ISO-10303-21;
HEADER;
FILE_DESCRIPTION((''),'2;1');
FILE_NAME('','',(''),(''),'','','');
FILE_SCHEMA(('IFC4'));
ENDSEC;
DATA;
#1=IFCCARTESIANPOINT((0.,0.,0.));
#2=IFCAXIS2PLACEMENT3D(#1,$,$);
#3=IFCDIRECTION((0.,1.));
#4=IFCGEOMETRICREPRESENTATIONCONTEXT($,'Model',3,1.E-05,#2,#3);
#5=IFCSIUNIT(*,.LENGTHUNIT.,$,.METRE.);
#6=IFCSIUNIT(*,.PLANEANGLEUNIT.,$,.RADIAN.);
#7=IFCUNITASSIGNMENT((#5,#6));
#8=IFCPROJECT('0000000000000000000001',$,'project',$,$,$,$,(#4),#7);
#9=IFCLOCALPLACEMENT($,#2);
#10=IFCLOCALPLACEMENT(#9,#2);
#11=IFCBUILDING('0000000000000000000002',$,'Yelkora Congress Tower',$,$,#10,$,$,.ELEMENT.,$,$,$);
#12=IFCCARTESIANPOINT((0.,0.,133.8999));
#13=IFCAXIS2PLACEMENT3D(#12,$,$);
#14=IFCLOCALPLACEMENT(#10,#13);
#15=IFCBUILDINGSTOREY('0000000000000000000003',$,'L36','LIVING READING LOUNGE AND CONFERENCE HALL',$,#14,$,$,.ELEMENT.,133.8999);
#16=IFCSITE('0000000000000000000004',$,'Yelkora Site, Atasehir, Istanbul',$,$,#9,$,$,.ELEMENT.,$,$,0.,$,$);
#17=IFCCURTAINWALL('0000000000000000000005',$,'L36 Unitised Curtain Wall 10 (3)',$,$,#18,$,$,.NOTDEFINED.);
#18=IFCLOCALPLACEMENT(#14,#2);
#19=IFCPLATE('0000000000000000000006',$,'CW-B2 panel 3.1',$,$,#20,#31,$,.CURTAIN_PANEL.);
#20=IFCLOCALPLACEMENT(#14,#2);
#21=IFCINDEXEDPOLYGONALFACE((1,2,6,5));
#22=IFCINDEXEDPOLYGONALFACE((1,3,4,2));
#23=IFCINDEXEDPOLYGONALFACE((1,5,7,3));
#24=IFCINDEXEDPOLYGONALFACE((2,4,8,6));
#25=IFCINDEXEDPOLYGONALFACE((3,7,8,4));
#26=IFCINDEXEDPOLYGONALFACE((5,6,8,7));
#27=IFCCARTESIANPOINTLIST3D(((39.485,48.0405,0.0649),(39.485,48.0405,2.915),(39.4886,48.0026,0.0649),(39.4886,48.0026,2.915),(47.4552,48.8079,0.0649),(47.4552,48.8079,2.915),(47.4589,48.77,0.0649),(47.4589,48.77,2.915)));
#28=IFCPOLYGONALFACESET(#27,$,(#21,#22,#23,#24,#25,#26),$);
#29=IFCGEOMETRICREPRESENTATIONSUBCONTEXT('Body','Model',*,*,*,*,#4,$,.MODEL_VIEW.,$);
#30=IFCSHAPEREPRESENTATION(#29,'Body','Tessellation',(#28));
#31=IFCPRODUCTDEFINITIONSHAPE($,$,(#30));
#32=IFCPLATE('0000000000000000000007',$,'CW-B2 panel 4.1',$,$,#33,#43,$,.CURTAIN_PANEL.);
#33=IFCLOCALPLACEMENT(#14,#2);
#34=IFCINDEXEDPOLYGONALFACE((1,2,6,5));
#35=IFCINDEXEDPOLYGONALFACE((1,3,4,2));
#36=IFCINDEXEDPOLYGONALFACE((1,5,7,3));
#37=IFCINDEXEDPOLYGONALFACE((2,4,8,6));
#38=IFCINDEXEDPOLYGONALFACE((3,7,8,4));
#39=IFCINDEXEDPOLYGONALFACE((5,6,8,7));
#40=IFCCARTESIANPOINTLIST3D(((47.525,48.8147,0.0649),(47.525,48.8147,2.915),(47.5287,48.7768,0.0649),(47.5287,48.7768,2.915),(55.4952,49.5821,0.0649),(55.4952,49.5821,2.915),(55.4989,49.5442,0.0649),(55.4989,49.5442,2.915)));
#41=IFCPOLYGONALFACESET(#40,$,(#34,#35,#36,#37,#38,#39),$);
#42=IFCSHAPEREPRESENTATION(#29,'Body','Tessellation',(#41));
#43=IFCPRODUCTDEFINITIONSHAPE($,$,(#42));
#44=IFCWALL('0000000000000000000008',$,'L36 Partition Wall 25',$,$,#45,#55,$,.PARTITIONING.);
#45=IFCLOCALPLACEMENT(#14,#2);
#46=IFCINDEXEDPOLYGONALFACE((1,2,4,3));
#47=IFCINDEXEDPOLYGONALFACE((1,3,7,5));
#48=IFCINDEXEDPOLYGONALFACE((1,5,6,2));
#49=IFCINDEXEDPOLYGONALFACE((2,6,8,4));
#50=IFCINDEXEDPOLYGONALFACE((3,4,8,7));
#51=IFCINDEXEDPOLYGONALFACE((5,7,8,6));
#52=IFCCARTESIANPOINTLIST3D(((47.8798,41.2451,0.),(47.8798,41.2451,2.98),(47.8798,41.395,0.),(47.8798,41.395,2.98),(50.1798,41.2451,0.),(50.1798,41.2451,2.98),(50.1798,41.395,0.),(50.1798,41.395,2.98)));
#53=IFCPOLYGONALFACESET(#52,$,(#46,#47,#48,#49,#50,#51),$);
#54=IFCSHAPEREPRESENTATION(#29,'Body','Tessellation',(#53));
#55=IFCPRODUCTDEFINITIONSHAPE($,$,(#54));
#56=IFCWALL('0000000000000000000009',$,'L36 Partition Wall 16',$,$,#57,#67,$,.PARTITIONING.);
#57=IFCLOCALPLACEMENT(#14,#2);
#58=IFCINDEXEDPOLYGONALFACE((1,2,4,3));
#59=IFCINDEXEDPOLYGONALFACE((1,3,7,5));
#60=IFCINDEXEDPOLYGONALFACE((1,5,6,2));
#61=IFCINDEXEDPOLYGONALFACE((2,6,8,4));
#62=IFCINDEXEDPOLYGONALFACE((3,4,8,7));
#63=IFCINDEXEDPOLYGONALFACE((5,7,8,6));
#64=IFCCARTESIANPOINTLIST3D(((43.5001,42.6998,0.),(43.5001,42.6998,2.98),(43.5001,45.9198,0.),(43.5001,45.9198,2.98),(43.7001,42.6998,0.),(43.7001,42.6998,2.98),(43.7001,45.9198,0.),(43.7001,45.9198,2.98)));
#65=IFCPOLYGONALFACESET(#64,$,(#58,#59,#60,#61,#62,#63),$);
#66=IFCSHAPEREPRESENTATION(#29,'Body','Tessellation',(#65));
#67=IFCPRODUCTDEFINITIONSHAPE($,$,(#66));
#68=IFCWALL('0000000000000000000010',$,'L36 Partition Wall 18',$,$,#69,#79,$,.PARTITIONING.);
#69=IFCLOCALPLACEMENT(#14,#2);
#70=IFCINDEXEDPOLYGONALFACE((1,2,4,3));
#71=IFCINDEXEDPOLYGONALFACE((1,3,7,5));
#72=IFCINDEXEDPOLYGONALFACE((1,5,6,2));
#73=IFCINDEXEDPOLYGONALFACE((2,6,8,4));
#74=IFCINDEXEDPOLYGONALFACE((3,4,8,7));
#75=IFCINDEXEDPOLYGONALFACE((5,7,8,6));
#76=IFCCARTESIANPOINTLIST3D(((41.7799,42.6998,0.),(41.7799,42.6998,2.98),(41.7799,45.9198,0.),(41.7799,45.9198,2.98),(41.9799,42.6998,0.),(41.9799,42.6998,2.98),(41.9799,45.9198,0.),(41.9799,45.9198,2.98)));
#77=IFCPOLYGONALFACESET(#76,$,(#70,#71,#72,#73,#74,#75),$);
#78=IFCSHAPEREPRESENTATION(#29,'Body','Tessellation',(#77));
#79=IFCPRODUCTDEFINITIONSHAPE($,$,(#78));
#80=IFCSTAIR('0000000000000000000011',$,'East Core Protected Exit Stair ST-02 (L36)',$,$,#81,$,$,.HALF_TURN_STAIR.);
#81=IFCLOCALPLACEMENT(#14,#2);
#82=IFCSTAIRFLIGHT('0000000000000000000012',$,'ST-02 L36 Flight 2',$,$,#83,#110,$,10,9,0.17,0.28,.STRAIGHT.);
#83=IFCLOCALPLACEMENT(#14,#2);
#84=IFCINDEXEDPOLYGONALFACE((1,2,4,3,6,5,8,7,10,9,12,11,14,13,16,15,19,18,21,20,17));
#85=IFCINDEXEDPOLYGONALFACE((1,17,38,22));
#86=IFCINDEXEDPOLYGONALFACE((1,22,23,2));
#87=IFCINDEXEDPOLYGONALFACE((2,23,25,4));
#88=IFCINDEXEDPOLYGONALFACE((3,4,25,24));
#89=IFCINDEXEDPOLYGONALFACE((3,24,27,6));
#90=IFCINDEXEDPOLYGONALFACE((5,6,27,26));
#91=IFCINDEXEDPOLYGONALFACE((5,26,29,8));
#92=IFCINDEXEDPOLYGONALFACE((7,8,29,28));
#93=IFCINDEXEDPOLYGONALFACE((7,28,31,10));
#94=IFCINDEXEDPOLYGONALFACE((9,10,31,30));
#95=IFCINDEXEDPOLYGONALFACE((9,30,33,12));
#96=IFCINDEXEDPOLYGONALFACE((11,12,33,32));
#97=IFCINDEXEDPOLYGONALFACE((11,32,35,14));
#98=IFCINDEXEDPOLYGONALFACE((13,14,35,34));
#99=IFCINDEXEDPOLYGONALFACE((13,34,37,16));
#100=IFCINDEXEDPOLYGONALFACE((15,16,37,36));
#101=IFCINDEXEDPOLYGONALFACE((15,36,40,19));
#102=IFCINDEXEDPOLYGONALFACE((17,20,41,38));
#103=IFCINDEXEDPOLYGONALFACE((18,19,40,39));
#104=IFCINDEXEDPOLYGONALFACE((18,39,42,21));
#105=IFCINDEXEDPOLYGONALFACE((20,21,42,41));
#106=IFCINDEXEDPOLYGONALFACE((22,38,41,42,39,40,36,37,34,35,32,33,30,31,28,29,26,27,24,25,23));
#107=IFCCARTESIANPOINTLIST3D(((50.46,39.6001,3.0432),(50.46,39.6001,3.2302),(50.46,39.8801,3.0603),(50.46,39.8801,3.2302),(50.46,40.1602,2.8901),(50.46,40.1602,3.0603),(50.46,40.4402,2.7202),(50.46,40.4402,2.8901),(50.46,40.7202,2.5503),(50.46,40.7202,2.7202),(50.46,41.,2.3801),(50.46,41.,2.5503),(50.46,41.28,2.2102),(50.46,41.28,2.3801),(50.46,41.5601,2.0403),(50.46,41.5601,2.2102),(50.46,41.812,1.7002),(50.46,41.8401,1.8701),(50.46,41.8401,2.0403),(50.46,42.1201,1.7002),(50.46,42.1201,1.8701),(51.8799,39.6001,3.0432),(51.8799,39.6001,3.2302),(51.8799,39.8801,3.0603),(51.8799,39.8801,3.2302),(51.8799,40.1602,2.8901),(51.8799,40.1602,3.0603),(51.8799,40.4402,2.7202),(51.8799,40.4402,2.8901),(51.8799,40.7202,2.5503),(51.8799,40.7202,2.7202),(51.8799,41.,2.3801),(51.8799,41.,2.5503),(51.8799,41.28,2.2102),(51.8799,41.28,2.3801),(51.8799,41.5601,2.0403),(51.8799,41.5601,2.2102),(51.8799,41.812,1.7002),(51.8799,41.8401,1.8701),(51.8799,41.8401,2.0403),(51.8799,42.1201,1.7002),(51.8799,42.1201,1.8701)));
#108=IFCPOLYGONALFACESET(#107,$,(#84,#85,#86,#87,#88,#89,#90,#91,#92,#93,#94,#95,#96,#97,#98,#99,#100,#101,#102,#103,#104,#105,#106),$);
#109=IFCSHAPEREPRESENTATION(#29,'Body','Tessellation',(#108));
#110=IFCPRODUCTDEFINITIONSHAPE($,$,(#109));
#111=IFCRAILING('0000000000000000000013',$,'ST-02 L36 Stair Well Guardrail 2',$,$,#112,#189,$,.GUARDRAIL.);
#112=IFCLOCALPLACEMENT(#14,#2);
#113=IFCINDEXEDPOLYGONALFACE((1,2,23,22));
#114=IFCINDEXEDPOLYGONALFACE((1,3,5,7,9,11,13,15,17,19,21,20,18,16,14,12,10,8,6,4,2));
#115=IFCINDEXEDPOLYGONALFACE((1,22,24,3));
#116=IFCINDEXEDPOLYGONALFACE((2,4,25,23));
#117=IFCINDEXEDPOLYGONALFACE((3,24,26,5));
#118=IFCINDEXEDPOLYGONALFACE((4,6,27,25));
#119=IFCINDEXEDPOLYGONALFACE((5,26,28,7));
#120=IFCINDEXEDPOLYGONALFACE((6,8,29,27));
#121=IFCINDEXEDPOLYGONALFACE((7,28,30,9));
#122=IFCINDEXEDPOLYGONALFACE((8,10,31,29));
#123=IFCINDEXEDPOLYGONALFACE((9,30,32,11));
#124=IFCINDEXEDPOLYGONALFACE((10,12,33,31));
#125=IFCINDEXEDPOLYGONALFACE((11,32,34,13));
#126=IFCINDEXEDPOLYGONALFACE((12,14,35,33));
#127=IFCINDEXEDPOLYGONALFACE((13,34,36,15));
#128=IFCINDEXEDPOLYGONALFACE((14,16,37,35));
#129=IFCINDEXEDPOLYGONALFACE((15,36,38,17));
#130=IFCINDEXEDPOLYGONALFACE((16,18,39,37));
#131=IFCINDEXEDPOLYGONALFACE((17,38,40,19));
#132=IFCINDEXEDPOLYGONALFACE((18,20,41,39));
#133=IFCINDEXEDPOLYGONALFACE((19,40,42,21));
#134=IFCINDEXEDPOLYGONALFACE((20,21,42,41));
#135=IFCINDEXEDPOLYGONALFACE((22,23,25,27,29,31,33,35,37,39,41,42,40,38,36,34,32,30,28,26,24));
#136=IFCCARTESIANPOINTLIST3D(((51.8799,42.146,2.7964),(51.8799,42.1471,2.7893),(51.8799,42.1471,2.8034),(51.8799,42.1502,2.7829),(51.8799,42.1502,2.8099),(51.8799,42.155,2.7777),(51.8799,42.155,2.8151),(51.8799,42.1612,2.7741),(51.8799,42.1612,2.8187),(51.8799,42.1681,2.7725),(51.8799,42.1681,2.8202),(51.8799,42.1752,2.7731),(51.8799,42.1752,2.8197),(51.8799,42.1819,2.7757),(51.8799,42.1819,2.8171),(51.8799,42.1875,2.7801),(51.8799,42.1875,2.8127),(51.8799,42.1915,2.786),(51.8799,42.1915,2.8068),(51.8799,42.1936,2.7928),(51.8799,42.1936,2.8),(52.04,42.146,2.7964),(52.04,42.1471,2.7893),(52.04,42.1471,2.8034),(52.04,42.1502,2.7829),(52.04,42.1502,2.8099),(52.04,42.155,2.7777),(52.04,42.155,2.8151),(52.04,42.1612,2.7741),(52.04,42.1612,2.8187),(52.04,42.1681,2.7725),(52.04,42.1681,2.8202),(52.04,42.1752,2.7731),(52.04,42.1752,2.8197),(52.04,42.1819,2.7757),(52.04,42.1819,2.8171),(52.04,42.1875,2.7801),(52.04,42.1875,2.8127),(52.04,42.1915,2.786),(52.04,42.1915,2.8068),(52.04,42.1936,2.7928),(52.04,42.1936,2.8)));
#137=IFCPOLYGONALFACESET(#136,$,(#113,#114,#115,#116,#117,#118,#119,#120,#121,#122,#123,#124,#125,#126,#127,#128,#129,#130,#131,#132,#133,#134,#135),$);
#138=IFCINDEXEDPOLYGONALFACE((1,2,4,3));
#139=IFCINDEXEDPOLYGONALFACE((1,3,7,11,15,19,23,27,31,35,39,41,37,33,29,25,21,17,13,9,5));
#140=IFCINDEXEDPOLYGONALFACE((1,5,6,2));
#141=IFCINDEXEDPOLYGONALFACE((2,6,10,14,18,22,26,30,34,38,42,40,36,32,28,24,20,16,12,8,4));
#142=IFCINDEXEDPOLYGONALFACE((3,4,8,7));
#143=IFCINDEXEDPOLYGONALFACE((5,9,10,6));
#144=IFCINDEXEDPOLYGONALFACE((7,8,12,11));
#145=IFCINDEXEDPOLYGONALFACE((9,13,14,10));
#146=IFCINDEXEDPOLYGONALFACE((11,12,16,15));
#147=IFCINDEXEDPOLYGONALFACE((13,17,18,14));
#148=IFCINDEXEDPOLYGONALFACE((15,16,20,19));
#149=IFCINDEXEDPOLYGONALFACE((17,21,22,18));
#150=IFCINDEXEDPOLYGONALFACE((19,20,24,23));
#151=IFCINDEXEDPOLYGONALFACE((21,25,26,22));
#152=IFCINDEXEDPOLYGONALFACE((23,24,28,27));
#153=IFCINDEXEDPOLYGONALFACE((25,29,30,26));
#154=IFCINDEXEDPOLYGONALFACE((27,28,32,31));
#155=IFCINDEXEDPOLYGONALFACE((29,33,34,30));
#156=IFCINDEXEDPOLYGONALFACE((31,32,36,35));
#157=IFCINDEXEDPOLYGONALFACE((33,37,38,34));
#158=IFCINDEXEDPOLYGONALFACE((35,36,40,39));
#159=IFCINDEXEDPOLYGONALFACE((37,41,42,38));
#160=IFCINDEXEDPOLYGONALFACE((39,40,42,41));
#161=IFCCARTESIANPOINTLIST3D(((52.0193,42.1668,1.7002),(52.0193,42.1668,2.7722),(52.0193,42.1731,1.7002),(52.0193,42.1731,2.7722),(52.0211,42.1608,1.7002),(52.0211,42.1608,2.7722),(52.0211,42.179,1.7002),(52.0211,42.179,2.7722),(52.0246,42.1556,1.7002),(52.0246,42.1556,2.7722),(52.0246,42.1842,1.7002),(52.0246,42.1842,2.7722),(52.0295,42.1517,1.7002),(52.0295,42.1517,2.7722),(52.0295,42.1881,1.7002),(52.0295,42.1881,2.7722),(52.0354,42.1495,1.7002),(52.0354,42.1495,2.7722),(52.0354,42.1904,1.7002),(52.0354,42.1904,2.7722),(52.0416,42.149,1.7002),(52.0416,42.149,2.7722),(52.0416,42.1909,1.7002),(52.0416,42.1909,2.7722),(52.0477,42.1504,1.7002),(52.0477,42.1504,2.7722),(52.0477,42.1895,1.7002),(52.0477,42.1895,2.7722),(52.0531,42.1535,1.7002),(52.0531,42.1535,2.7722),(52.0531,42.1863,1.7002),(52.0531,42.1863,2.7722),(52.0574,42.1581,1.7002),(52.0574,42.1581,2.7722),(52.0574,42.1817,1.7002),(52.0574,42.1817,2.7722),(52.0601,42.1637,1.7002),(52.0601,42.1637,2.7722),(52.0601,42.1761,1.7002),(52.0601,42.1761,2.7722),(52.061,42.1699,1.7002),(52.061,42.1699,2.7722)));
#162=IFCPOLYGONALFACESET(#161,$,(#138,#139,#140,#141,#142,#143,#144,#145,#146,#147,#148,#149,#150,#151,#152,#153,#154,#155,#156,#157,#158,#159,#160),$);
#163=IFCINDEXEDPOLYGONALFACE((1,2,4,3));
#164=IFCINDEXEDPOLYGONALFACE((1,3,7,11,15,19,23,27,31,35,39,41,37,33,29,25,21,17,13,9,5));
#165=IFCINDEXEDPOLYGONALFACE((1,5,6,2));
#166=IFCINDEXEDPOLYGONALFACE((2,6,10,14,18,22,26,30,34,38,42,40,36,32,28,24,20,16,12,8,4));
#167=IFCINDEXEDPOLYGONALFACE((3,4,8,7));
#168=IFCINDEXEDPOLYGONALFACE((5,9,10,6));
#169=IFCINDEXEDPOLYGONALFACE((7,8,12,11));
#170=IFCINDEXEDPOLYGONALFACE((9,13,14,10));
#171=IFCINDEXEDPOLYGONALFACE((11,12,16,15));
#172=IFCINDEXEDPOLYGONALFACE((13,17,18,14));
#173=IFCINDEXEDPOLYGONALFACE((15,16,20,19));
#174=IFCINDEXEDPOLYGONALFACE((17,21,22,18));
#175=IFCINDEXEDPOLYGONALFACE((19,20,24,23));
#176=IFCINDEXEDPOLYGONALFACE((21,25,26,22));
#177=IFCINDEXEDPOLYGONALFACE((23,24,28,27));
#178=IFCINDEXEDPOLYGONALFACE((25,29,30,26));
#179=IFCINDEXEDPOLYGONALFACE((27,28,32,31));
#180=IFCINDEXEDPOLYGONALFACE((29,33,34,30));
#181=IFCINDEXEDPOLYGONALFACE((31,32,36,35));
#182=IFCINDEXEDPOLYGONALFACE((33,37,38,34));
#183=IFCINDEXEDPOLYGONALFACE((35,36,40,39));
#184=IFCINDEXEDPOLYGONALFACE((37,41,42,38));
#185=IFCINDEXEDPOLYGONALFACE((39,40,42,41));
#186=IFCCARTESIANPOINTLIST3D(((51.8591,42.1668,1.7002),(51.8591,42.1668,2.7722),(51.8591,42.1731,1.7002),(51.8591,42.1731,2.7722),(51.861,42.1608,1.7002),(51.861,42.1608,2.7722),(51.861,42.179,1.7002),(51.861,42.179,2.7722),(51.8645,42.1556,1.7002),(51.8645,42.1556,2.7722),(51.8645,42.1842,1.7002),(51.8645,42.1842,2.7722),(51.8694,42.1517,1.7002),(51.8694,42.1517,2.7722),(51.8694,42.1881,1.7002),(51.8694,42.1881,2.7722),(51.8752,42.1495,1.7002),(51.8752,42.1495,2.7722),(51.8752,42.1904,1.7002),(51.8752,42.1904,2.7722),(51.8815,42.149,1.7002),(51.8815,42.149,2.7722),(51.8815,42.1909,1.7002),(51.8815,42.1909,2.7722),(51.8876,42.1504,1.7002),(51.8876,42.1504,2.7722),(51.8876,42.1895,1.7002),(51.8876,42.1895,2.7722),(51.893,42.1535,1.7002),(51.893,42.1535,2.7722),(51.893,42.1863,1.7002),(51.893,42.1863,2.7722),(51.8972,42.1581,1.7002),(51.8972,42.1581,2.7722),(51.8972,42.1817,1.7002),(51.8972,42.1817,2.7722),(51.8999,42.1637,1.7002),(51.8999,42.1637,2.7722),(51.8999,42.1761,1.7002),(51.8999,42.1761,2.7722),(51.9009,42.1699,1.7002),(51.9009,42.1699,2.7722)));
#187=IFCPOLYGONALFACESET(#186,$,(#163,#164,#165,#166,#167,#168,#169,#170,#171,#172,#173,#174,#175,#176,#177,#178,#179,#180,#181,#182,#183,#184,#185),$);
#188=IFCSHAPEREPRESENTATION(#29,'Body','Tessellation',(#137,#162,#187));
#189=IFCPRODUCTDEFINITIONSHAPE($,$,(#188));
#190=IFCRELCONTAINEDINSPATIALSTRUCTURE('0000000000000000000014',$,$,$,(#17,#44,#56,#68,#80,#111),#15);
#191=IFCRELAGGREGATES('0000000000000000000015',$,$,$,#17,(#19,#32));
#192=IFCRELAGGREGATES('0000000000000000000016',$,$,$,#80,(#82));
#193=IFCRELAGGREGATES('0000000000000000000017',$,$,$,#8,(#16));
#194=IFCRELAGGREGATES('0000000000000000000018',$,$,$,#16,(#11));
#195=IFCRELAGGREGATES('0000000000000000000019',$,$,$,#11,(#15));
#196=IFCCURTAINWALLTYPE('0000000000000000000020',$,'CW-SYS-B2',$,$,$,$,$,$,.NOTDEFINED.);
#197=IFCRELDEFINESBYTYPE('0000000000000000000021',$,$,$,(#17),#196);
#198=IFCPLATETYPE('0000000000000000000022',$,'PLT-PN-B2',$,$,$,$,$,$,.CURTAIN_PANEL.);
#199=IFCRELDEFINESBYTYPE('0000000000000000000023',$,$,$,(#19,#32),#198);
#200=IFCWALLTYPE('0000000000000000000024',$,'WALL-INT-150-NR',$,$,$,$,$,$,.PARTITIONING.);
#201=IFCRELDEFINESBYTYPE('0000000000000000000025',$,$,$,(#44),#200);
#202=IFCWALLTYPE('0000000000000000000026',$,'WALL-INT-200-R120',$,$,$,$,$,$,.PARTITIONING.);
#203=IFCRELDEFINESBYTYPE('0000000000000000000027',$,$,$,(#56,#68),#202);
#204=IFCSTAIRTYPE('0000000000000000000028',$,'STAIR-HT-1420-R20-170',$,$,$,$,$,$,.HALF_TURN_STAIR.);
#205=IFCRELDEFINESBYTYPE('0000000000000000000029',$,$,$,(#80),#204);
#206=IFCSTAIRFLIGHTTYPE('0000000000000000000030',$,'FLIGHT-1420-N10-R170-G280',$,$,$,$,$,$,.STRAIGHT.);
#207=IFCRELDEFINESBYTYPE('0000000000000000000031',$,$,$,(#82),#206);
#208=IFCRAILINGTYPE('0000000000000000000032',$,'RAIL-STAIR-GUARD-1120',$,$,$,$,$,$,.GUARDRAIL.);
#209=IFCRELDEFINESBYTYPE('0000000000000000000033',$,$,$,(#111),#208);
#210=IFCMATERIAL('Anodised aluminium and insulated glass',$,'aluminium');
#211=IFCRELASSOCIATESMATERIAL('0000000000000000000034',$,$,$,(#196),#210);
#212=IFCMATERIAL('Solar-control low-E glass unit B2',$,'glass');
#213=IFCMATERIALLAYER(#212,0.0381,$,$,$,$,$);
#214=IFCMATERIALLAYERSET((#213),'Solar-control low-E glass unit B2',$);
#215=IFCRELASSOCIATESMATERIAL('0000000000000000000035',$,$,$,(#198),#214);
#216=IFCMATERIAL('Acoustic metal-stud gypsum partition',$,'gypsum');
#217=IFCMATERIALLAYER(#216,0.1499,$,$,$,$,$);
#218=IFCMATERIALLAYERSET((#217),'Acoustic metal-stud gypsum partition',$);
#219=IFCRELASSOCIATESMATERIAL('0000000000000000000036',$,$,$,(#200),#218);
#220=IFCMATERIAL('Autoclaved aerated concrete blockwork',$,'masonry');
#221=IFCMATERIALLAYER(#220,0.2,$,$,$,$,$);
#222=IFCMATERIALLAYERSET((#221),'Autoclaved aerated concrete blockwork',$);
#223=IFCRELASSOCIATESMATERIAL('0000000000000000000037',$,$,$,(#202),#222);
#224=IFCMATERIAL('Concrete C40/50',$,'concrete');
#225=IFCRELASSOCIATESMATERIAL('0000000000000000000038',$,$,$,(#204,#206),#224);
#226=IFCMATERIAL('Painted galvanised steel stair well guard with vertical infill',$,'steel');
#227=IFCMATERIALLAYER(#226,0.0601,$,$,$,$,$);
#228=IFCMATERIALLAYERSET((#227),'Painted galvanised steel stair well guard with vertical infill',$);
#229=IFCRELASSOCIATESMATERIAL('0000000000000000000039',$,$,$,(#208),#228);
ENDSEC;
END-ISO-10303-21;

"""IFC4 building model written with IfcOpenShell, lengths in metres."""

from ifc_helpers import new_model, si_unit, direction, frame, frame_2d, origin, origin_2d, place, context, subcontext, project, spatial, polyline, rectangle, circle, outline, extrude, material, layer, layer_set, type_object, element, aggregate, save


model = new_model("IFC4")

# Units and contexts
model_context = context("Model", 3, precision=1e-05, world=origin(), true_north=direction((0.0, 1.0)))
body_context = subcontext(model_context, "Body", "Model", "MODEL_VIEW")
ifc_project = project(units=[si_unit("LENGTHUNIT", "METRE"), si_unit("PLANEANGLEUNIT", "RADIAN")], contexts=[model_context])

# Site, building, storey
site_placement = place(None, origin())
site = spatial("IfcSite", under=ifc_project, at=site_placement, Name="Yelkora Site, Atasehir, Istanbul", CompositionType="ELEMENT", RefElevation=0.0)
building_placement = place(site_placement, origin())
building = spatial("IfcBuilding", under=site, at=building_placement, Name="Yelkora Congress Tower", CompositionType="ELEMENT")
storey_placement = place(building_placement, frame((0.0, 0.0, 133.8999)))
storey = spatial("IfcBuildingStorey", under=building, at=storey_placement, Name="L36", Description="LIVING READING LOUNGE AND CONFERENCE HALL", CompositionType="ELEMENT", Elevation=133.8999)

# Curtain wall, plates
ifc_material_1 = material(Name="Anodised aluminium and insulated glass", Category="aluminium")
curtain_wall_type = type_object("IfcCurtainWallType", Name="CW-SYS-B2", PredefinedType="NOTDEFINED", material=ifc_material_1)
curtain_wall_placement = place(storey_placement, origin())
curtain_wall = element("IfcCurtainWall", 1, at=curtain_wall_placement, inside=storey, type_object=curtain_wall_type, Name="L36 Unitised Curtain Wall 10 (3)", PredefinedType="NOTDEFINED")
ifc_material_2 = material(Name="Solar-control low-E glass unit B2", Category="glass")
ifc_layer_1 = layer(ifc_material_2, 0.0381)
ifc_layer_set_1 = layer_set([ifc_layer_1], Name="Solar-control low-E glass unit B2")
plate_type = type_object("IfcPlateType", Name="PLT-PN-B2", PredefinedType="CURTAIN_PANEL", material=ifc_layer_set_1)
plate_1_placement = place(storey_placement, frame((43.4719, 48.4053, 0.0649), z_axis=(0.0, 0.0, 1.0), x_axis=(0.995396, 0.095844, 0.0)))
plate_1 = element("IfcPlate", 2, at=plate_1_placement, type_object=plate_type, Name="CW-B2 panel 3.1", PredefinedType="CURTAIN_PANEL", context=body_context, shape_type="SweptSolid", body=[
    extrude(rectangle(XDim=8.0071, YDim=0.0381, at=origin_2d()), origin(), (0.0, 0.0, 1.0), 2.8501),
])
plate_2_placement = place(storey_placement, frame((51.512, 49.1794, 0.0649), z_axis=(0.0, 0.0, 1.0), x_axis=(0.995396, 0.095844, 0.0)))
plate_2 = element("IfcPlate", 3, at=plate_2_placement, type_object=plate_type, Name="CW-B2 panel 4.1", PredefinedType="CURTAIN_PANEL", context=body_context, shape_type="SweptSolid", body=[
    extrude(rectangle(XDim=8.0071, YDim=0.0381, at=origin_2d()), origin(), (0.0, 0.0, 1.0), 2.8501),
])
aggregate(curtain_wall, [plate_1, plate_2])

# Shared definitions
ifc_material_3 = material(Name="Acoustic metal-stud gypsum partition", Category="gypsum")
ifc_layer_2 = layer(ifc_material_3, 0.1499)
ifc_layer_set_2 = layer_set([ifc_layer_2], Name="Acoustic metal-stud gypsum partition")
wall_type_1 = type_object("IfcWallType", Name="WALL-INT-150-NR", PredefinedType="PARTITIONING", material=ifc_layer_set_2)

# Walls
wall_1_placement = place(storey_placement, frame((47.8799, 41.3201, 0.0), z_axis=(0.0, 0.0, 1.0), x_axis=(1.0, 0.0, 0.0)))
element("IfcWall", 4, at=wall_1_placement, inside=storey, type_object=wall_type_1, Name="L36 Partition Wall 25", PredefinedType="PARTITIONING", context=body_context, shape_type="SweptSolid", body=[
    extrude(rectangle(XDim=2.3, YDim=0.1499, at=frame_2d((1.1499, 0.0))), origin(), (0.0, 0.0, 1.0), 2.98),
])
ifc_material_4 = material(Name="Autoclaved aerated concrete blockwork", Category="masonry")
ifc_layer_3 = layer(ifc_material_4, 0.2)
ifc_layer_set_3 = layer_set([ifc_layer_3], Name="Autoclaved aerated concrete blockwork")
wall_type_2 = type_object("IfcWallType", Name="WALL-INT-200-R120", PredefinedType="PARTITIONING", material=ifc_layer_set_3)
for number, where, z_axis, x_axis, name in (
    (5, (43.6001, 42.7, 0.0), (0.0, 0.0, 1.0), (0.0, 1.0, 0.0), "L36 Partition Wall 16"),
    (6, (41.8799, 42.7, 0.0), (0.0, 0.0, 1.0), (0.0, 1.0, 0.0), "L36 Partition Wall 18"),
):
    element("IfcWall", number, at=place(storey_placement, frame(where, z_axis=z_axis, x_axis=x_axis)), inside=storey, type_object=wall_type_2, Name=name, PredefinedType="PARTITIONING", context=body_context, shape_type="SweptSolid", body=[
        extrude(rectangle(XDim=3.22, YDim=0.2, at=frame_2d((1.6099, 0.0))), origin(), (0.0, 0.0, 1.0), 2.98),
    ])

# Stair, stair flight
ifc_material_5 = material(Name="Concrete C40/50", Category="concrete")
stair_type = type_object("IfcStairType", Name="STAIR-HT-1420-R20-170", PredefinedType="HALF_TURN_STAIR", material=ifc_material_5)
stair_placement = place(storey_placement, origin())
stair = element("IfcStair", 7, at=stair_placement, inside=storey, type_object=stair_type, Name="East Core Protected Exit Stair ST-02 (L36)", PredefinedType="HALF_TURN_STAIR")
stair_flight_type = type_object("IfcStairFlightType", Name="FLIGHT-1420-N10-R170-G280", PredefinedType="STRAIGHT", material=ifc_material_5)
stair_flight_placement = place(storey_placement, frame((51.1699, 42.1201, 1.7002), z_axis=(0.0, 0.0, 1.0), x_axis=(0.0, -1.0, 0.0)))
stair_flight = element("IfcStairFlight", 8, at=stair_flight_placement, type_object=stair_flight_type, Name="ST-02 L36 Flight 2", NumberOfRisers=10, NumberOfTreads=9, PredefinedType="STRAIGHT", RiserHeight=0.17, TreadLength=0.28, context=body_context, shape_type="SweptSolid", body=[
    extrude(outline(polyline([(0.0, 0.0), (0.0, 0.1699), (0.28, 0.1699), (0.28, 0.3401), (0.5601, 0.3401), (0.5601, 0.51), (0.8401, 0.51), (0.8401, 0.6799), (1.1201, 0.6799), (1.1201, 0.8501), (1.3999, 0.8501), (1.3999, 1.02), (1.6799, 1.02), (1.6799, 1.1899), (1.96, 1.1899), (1.96, 1.3601), (2.24, 1.3601), (2.24, 1.53), (2.52, 1.53), (2.52, 1.7), (2.52, 1.343), (0.3081, 0.0), (0.0, 0.0)])), frame((0.0, 0.71, 0.0), z_axis=(0.0, -1.0, 0.0), x_axis=(1.0, 0.0, 0.0)), (0.0, 0.0, 1.0), 1.4199),
])
aggregate(stair, [stair_flight])

# Railing
ifc_material_6 = material(Name="Painted galvanised steel stair well guard with vertical infill", Category="steel")
ifc_layer_4 = layer(ifc_material_6, 0.0601)
ifc_layer_set_4 = layer_set([ifc_layer_4], Name="Painted galvanised steel stair well guard with vertical infill")
railing_type_1 = type_object("IfcRailingType", Name="RAIL-STAIR-GUARD-1120", PredefinedType="GUARDRAIL", material=ifc_layer_set_4)
railing_1_placement = place(storey_placement, frame((52.04, 42.1699, 1.7002)))
element("IfcRailing", 9, at=railing_1_placement, inside=storey, type_object=railing_type_1, Name="ST-02 L36 Stair Well Guardrail 2", PredefinedType="GUARDRAIL", context=body_context, shape_type="SweptSolid", body=[
    extrude(circle(Radius=0.0239, at=origin_2d()), frame((0.0, 0.0, 1.0962), z_axis=(-1.0, 0.0, 0.0), x_axis=(0.0, -1.0, 0.0)), (0.0, 0.0, 1.0), 0.1602),
    extrude(circle(Radius=0.021, at=origin_2d()), origin(), (0.0, 0.0, 1.0), 1.072),
    extrude(circle(Radius=0.021, at=origin_2d()), frame((-0.1602, 0.0, 0.0)), (0.0, 0.0, 1.0), 1.072),
])

save(model, "model.ifc")
